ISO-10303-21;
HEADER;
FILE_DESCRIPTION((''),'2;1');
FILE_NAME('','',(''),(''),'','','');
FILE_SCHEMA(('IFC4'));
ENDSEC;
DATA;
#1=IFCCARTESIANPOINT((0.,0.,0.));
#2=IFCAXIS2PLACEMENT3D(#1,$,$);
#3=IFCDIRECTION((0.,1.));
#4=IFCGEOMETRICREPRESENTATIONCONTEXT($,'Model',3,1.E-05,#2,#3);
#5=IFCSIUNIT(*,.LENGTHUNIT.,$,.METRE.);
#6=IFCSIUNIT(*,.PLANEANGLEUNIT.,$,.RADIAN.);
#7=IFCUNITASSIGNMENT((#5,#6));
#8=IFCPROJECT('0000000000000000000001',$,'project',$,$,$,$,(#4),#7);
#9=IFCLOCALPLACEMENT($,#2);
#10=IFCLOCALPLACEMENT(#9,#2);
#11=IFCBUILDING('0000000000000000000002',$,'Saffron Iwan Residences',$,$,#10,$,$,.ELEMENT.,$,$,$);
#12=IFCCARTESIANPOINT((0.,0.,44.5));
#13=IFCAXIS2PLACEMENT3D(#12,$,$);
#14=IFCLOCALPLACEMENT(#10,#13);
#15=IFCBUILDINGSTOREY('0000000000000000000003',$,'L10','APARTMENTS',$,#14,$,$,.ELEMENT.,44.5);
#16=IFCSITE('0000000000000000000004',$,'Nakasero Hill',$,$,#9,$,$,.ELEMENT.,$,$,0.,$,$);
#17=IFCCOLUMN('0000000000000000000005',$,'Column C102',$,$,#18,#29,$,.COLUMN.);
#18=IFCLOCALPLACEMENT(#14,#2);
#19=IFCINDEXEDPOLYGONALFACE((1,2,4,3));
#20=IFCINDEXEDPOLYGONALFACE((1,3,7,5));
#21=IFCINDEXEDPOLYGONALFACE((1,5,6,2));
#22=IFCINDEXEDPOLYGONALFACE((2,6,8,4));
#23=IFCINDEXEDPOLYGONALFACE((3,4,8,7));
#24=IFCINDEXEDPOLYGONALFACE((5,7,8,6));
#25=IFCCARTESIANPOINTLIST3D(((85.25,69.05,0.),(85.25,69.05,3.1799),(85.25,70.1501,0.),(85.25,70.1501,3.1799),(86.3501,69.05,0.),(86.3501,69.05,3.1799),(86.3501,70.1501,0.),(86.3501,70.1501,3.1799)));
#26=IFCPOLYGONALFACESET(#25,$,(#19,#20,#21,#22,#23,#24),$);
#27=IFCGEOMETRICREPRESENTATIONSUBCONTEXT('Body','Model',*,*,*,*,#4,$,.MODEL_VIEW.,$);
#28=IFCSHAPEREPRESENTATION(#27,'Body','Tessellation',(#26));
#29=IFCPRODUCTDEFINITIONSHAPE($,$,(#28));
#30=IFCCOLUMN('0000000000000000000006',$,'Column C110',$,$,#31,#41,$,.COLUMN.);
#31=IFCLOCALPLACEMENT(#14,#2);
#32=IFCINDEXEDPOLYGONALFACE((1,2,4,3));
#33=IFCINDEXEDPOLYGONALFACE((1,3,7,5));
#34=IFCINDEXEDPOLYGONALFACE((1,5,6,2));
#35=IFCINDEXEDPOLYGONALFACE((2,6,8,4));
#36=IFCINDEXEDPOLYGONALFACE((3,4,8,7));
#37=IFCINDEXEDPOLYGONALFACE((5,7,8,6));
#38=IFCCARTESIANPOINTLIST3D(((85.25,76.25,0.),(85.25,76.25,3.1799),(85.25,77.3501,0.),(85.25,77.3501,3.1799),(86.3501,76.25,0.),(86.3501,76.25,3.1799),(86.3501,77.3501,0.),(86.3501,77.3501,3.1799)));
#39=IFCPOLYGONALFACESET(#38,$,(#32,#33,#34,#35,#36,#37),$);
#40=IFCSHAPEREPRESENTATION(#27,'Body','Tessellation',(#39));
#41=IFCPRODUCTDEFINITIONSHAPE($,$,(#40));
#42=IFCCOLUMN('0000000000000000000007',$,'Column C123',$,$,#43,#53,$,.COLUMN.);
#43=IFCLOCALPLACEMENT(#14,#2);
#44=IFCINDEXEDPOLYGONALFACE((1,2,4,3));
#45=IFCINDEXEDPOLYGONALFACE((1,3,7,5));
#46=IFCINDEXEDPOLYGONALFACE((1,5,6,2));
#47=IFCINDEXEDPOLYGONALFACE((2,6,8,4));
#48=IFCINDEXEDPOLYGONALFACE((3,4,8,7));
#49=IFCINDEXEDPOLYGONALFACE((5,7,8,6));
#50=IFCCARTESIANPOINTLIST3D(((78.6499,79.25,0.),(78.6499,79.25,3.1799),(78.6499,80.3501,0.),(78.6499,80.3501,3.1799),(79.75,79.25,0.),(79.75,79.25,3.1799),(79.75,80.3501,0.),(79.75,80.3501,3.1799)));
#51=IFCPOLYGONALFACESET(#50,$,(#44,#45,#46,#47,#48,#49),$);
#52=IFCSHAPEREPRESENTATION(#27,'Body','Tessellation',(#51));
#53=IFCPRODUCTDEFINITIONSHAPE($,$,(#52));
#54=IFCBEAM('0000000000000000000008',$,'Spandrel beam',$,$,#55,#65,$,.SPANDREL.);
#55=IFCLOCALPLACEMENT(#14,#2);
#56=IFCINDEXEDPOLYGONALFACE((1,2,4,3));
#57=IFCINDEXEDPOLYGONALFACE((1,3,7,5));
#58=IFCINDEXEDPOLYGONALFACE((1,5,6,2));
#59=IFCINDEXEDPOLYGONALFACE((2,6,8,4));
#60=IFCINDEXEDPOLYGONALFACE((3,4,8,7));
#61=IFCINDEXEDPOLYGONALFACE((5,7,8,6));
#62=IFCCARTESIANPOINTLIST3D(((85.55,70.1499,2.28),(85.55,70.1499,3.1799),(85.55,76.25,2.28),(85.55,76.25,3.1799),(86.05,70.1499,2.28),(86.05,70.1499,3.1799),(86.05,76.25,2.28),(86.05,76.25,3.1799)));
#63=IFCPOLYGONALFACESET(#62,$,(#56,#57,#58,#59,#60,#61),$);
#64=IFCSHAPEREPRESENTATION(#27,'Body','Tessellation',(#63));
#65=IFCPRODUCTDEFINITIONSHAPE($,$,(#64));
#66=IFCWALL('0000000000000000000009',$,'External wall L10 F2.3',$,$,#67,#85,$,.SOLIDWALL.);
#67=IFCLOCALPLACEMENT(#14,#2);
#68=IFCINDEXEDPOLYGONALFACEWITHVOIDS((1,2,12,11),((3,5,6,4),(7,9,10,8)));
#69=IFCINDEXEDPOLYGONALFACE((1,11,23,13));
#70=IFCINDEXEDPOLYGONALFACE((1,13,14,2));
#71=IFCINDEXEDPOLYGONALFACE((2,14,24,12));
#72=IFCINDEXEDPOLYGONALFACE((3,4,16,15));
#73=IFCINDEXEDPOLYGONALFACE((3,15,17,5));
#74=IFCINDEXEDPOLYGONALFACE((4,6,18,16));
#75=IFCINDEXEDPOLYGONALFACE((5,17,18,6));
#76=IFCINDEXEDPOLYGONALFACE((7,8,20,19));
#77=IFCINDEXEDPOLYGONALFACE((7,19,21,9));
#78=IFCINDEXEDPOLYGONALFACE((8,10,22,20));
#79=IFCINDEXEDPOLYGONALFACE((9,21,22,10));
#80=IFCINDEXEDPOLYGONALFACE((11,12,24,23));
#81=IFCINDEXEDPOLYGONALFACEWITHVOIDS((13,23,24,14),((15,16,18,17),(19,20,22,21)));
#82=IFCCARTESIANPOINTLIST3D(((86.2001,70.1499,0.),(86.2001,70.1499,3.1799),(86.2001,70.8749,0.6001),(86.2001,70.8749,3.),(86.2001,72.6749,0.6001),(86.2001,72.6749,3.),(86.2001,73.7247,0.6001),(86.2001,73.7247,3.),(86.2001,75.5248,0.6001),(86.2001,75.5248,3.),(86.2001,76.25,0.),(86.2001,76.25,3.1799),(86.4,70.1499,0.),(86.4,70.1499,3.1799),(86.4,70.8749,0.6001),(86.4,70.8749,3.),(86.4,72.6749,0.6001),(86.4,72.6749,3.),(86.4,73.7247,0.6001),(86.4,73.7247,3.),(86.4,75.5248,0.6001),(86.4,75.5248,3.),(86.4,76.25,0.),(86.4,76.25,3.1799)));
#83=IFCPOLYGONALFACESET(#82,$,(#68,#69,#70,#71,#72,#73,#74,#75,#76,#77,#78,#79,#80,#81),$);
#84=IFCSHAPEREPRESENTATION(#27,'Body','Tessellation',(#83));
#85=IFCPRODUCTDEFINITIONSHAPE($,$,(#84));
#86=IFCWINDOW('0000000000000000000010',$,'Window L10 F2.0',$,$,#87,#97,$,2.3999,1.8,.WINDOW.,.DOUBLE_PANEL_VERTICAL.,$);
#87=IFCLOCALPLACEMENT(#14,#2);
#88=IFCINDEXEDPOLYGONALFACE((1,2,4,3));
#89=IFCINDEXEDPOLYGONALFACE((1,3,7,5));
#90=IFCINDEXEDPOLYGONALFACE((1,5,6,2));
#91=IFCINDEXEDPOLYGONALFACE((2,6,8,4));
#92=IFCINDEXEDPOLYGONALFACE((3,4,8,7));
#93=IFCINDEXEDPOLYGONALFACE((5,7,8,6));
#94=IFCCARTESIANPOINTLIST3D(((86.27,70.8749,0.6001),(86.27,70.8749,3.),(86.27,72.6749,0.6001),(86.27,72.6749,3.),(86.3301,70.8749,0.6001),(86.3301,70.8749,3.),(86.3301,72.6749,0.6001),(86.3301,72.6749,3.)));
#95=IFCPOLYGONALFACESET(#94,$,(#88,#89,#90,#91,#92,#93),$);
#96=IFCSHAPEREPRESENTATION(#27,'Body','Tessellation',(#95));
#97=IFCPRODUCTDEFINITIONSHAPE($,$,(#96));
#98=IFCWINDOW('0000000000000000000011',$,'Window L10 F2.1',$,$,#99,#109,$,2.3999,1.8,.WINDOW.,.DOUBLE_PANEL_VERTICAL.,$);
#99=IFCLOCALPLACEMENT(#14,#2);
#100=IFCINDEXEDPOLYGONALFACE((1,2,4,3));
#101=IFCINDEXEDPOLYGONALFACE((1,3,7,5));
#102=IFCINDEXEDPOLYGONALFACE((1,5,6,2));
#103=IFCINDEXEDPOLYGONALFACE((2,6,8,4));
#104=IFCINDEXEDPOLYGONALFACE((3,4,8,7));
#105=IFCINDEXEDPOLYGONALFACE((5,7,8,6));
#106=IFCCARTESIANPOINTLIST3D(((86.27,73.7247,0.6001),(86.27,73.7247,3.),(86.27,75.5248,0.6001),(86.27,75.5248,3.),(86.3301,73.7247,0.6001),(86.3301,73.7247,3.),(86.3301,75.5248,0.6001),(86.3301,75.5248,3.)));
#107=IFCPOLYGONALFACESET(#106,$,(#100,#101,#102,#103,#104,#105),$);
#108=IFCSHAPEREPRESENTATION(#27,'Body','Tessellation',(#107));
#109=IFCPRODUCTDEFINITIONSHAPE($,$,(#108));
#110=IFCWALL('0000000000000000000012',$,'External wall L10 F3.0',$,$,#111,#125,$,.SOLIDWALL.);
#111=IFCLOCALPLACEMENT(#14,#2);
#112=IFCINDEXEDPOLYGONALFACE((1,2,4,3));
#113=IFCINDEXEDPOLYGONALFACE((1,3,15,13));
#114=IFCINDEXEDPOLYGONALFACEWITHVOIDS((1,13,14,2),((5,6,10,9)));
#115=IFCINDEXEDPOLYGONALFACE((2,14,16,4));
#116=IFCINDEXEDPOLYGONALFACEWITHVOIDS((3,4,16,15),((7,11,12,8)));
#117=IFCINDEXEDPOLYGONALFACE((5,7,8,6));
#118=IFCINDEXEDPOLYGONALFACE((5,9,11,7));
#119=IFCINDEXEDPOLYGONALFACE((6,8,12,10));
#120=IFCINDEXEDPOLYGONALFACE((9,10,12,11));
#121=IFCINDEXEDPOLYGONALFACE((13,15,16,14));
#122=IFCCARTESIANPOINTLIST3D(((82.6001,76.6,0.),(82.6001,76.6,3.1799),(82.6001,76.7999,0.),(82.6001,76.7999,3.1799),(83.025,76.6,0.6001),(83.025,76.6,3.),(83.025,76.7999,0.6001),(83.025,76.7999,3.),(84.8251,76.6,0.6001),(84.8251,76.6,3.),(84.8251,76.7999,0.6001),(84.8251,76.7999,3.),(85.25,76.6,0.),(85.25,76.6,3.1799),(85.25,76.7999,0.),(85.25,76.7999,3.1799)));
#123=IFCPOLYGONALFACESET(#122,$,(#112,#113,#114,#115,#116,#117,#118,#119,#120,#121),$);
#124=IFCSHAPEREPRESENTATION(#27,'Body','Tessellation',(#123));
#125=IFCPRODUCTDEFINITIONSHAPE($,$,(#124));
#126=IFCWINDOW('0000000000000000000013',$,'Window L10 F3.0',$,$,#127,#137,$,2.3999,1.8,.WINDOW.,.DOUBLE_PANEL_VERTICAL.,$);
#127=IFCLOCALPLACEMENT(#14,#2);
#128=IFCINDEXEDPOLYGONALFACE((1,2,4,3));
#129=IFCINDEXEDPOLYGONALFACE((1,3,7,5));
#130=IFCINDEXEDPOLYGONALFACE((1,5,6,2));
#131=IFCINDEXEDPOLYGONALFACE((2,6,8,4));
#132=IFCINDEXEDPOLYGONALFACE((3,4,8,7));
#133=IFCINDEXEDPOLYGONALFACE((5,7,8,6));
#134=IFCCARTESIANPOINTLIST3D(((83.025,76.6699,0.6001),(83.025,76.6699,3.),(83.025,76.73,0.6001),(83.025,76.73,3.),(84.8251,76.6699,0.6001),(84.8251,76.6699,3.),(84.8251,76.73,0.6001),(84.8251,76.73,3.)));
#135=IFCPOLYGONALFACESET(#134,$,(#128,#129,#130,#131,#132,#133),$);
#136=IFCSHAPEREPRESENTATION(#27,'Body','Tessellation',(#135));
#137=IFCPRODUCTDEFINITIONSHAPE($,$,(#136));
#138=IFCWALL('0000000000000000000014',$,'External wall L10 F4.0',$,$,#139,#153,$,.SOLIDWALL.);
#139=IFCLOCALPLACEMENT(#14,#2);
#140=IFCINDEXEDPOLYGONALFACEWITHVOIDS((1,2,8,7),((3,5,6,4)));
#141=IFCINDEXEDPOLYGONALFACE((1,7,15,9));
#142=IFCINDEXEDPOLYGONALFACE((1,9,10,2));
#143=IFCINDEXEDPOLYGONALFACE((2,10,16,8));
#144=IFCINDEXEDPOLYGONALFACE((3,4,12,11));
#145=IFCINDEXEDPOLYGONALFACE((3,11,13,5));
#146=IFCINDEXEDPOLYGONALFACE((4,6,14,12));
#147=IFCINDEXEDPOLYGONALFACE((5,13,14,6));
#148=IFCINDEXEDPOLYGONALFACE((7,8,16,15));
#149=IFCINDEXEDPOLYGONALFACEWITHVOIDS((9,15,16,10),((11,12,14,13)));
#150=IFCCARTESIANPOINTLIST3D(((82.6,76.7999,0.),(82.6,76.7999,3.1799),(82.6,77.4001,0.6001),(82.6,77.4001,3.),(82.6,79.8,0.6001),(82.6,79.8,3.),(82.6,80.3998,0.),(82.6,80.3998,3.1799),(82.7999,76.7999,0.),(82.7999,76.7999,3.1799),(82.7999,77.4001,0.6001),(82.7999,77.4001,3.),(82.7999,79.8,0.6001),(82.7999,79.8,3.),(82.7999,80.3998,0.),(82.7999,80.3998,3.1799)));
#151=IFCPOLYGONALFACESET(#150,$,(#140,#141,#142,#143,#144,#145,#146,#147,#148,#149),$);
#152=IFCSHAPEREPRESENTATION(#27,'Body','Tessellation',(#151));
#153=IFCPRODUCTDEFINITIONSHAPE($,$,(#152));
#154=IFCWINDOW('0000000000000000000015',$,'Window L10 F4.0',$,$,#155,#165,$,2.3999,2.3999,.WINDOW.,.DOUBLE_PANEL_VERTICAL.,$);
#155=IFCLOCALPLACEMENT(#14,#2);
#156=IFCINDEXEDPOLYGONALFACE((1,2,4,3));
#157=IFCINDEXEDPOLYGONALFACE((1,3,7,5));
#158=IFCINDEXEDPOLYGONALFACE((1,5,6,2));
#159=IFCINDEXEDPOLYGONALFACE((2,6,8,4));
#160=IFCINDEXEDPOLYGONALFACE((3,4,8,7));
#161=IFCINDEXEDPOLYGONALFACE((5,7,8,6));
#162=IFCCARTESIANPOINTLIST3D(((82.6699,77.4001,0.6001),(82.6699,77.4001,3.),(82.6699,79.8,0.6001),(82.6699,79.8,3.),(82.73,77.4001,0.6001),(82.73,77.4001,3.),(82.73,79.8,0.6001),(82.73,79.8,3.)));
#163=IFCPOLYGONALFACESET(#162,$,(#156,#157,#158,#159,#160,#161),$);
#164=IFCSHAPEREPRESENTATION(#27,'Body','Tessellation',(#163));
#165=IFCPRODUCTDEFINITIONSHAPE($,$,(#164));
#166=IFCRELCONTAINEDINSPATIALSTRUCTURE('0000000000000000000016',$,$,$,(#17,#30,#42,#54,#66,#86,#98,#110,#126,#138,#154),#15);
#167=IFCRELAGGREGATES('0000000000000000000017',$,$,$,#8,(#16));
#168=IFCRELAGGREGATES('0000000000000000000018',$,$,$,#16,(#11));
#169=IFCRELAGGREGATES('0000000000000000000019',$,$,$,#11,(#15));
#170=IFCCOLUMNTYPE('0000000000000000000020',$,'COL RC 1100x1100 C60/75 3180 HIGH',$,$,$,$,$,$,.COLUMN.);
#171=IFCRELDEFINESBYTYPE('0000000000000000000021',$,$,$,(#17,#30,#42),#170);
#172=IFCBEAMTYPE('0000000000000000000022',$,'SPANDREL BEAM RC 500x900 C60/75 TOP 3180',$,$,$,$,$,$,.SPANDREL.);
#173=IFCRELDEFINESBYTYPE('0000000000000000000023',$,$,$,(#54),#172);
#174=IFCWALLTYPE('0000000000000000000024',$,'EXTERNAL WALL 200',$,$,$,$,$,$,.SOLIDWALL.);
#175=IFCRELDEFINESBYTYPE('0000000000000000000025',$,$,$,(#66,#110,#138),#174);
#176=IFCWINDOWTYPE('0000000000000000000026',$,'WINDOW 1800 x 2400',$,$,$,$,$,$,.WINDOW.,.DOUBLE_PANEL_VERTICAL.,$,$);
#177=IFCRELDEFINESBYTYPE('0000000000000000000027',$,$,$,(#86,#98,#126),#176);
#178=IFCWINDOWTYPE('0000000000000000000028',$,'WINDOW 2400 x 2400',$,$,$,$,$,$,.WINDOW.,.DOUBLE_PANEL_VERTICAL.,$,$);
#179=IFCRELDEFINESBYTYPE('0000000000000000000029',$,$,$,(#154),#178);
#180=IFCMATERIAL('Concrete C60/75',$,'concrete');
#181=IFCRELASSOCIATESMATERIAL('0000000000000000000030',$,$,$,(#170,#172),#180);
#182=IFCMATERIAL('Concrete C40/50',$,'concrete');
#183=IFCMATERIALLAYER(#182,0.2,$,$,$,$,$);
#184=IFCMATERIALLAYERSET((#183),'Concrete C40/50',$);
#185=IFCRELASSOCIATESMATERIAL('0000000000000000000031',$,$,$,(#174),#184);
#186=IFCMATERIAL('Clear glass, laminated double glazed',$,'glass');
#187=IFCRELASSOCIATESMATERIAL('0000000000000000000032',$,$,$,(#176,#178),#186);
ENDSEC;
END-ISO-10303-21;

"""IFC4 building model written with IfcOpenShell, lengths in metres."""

from ifc_helpers import new_model, si_unit, direction, frame, frame_2d, origin, origin_2d, place, context, subcontext, project, spatial, rectangle, extrude, source, transform, mapped, material, layer, layer_set, material_profile, profile_set, type_object, element, fill, save


model = new_model("IFC4")

# Units and contexts
model_context = context("Model", 3, precision=1e-05, world=origin(), true_north=direction((0.0, 1.0)))
body_context = subcontext(model_context, "Body", "Model", "MODEL_VIEW")
ifc_project = project(units=[si_unit("LENGTHUNIT", "METRE"), si_unit("PLANEANGLEUNIT", "RADIAN")], contexts=[model_context])

# Site, building, storey
site_placement = place(None, origin())
site = spatial("IfcSite", under=ifc_project, at=site_placement, Name="Nakasero Hill", CompositionType="ELEMENT", RefElevation=0.0)
building_placement = place(site_placement, origin())
building = spatial("IfcBuilding", under=site, at=building_placement, Name="Saffron Iwan Residences", CompositionType="ELEMENT")
storey_placement = place(building_placement, frame((0.0, 0.0, 44.5)))
storey = spatial("IfcBuildingStorey", under=building, at=storey_placement, Name="L10", Description="APARTMENTS", CompositionType="ELEMENT", Elevation=44.5)

# Columns
ifc_material_1 = material(Name="Concrete C60/75", Category="concrete")
ifc_material_profile_1 = material_profile(ifc_material_1, rectangle(XDim=1.1001, YDim=1.1001, at=origin_2d()), Name="RC 1100x1100")
ifc_profile_set_1 = profile_set([ifc_material_profile_1], Name="Concrete C60/75")
column_type = type_object("IfcColumnType", Name="COL RC 1100x1100 C60/75 3180 HIGH", PredefinedType="COLUMN", material=ifc_profile_set_1)
shared_shape_1 = source(origin(), body_context, "Body", "SweptSolid", [
    extrude(rectangle(XDim=1.1001, YDim=1.1001, at=origin_2d()), origin(), (0.0, 0.0, 1.0), 3.1799),
])
for number, where, z_axis, x_axis, name in (
    (1, (85.8, 69.6001, 0.0), (0.0, 0.0, 1.0), (1.0, 0.0, 0.0), "Column C102"),
    (2, (85.8, 76.8, 0.0), (0.0, 0.0, 1.0), (1.0, 0.0, 0.0), "Column C110"),
    (3, (79.2, 79.8, 0.0), (0.0, 0.0, 1.0), (1.0, 0.0, 0.0), "Column C123"),
):
    element("IfcColumn", number, at=place(storey_placement, frame(where, z_axis=z_axis, x_axis=x_axis)), inside=storey, type_object=column_type, Name=name, PredefinedType="COLUMN", context=body_context, shape_type="MappedRepresentation", body=[
        mapped(shared_shape_1, transform((0.0, 0.0, 0.0))),
    ])

# Beam
ifc_material_profile_2 = material_profile(ifc_material_1, rectangle(XDim=0.5, YDim=0.8999, at=origin_2d()), Name="RC 500x900")
ifc_profile_set_2 = profile_set([ifc_material_profile_2], Name="Concrete C60/75")
beam_type = type_object("IfcBeamType", Name="SPANDREL BEAM RC 500x900 C60/75 TOP 3180", PredefinedType="SPANDREL", material=ifc_profile_set_2)
shared_shape_2 = source(origin(), body_context, "Body", "SweptSolid", [
    extrude(rectangle(XDim=0.5, YDim=0.8999, at=origin_2d()), origin(), (0.0, 0.0, 1.0), 6.1001),
])
beam_placement = place(storey_placement, frame((85.8, 76.25, 2.73), z_axis=(0.0, -1.0, 0.0), x_axis=(1.0, 0.0, 0.0)))
element("IfcBeam", 4, at=beam_placement, inside=storey, type_object=beam_type, Name="Spandrel beam", PredefinedType="SPANDREL", context=body_context, shape_type="MappedRepresentation", body=[
    mapped(shared_shape_2, transform((0.0, 0.0, 0.0))),
])

# Wall, openings, windows
ifc_material_2 = material(Name="Concrete C40/50", Category="concrete")
ifc_layer_1 = layer(ifc_material_2, 0.2)
ifc_layer_set_1 = layer_set([ifc_layer_1], Name="Concrete C40/50")
wall_type_1 = type_object("IfcWallType", Name="EXTERNAL WALL 200", PredefinedType="SOLIDWALL", material=ifc_layer_set_1)
wall_1_placement = place(storey_placement, frame((86.3, 70.1499, 0.0), z_axis=(0.0, 0.0, 1.0), x_axis=(0.0, 1.0, 0.0)))
wall_1 = element("IfcWall", 5, at=wall_1_placement, inside=storey, type_object=wall_type_1, Name="External wall L10 F2.3", PredefinedType="SOLIDWALL", context=body_context, shape_type="SweptSolid", body=[
    extrude(rectangle(XDim=6.1001, YDim=0.2, at=frame_2d((3.05, 0.0))), origin(), (0.0, 0.0, 1.0), 3.1799),
])
opening_1_placement = place(wall_1_placement, frame((0.7251, 0.0, 0.6001)))
opening_1 = element("IfcOpeningElement", 6, at=opening_1_placement, cuts=wall_1, PredefinedType="OPENING", context=body_context, shape_type="SweptSolid", body=[
    extrude(rectangle(XDim=1.8, YDim=2.3999, at=frame_2d((0.8999, 1.2))), frame((0.0, 0.1099, 0.0), z_axis=(0.0, -1.0, 0.0), x_axis=(1.0, 0.0, 0.0)), (0.0, 0.0, 1.0), 0.22),
])
opening_2_placement = place(wall_1_placement, frame((3.575, 0.0, 0.6001)))
opening_2 = element("IfcOpeningElement", 7, at=opening_2_placement, cuts=wall_1, PredefinedType="OPENING", context=body_context, shape_type="SweptSolid", body=[
    extrude(rectangle(XDim=1.8, YDim=2.3999, at=frame_2d((0.8999, 1.2))), frame((0.0, 0.1099, 0.0), z_axis=(0.0, -1.0, 0.0), x_axis=(1.0, 0.0, 0.0)), (0.0, 0.0, 1.0), 0.22),
])
ifc_material_3 = material(Name="Clear glass, laminated double glazed", Category="glass")
window_type_1 = type_object("IfcWindowType", Name="WINDOW 1800 x 2400", PartitioningType="DOUBLE_PANEL_VERTICAL", PredefinedType="WINDOW", material=ifc_material_3)
window_1_placement = place(opening_1_placement, origin())
window_1 = element("IfcWindow", 8, at=window_1_placement, inside=storey, type_object=window_type_1, Name="Window L10 F2.0", OverallHeight=2.3999, OverallWidth=1.8, PartitioningType="DOUBLE_PANEL_VERTICAL", PredefinedType="WINDOW", context=body_context, shape_type="SweptSolid", body=[
    extrude(rectangle(XDim=1.8, YDim=2.3999, at=frame_2d((0.8999, 1.2))), frame((0.0, 0.03, 0.0), z_axis=(0.0, -1.0, 0.0), x_axis=(1.0, 0.0, 0.0)), (0.0, 0.0, 1.0), 0.0601),
])
fill(opening_1, window_1)
window_2_placement = place(opening_2_placement, origin())
window_2 = element("IfcWindow", 9, at=window_2_placement, inside=storey, type_object=window_type_1, Name="Window L10 F2.1", OverallHeight=2.3999, OverallWidth=1.8, PartitioningType="DOUBLE_PANEL_VERTICAL", PredefinedType="WINDOW", context=body_context, shape_type="SweptSolid", body=[
    extrude(rectangle(XDim=1.8, YDim=2.3999, at=frame_2d((0.8999, 1.2))), frame((0.0, 0.03, 0.0), z_axis=(0.0, -1.0, 0.0), x_axis=(1.0, 0.0, 0.0)), (0.0, 0.0, 1.0), 0.0601),
])
fill(opening_2, window_2)

# Walls, openings, windows
wall_2_placement = place(storey_placement, frame((85.25, 76.7, 0.0), z_axis=(0.0, 0.0, 1.0), x_axis=(-1.0, 0.0, 0.0)))
wall_2 = element("IfcWall", 10, at=wall_2_placement, inside=storey, type_object=wall_type_1, Name="External wall L10 F3.0", PredefinedType="SOLIDWALL", context=body_context, shape_type="SweptSolid", body=[
    extrude(rectangle(XDim=2.6499, YDim=0.2, at=frame_2d((1.325, 0.0))), origin(), (0.0, 0.0, 1.0), 3.1799),
])
opening_3_placement = place(wall_2_placement, frame((0.425, 0.0, 0.6001)))
opening_3 = element("IfcOpeningElement", 11, at=opening_3_placement, cuts=wall_2, PredefinedType="OPENING", context=body_context, shape_type="SweptSolid", body=[
    extrude(rectangle(XDim=1.8, YDim=2.3999, at=frame_2d((0.8999, 1.2))), frame((0.0, 0.1099, 0.0), z_axis=(0.0, -1.0, 0.0), x_axis=(1.0, 0.0, 0.0)), (0.0, 0.0, 1.0), 0.22),
])
window_3_placement = place(opening_3_placement, origin())
window_3 = element("IfcWindow", 12, at=window_3_placement, inside=storey, type_object=window_type_1, Name="Window L10 F3.0", OverallHeight=2.3999, OverallWidth=1.8, PartitioningType="DOUBLE_PANEL_VERTICAL", PredefinedType="WINDOW", context=body_context, shape_type="SweptSolid", body=[
    extrude(rectangle(XDim=1.8, YDim=2.3999, at=frame_2d((0.8999, 1.2))), frame((0.0, 0.03, 0.0), z_axis=(0.0, -1.0, 0.0), x_axis=(1.0, 0.0, 0.0)), (0.0, 0.0, 1.0), 0.0601),
])
fill(opening_3, window_3)
wall_3_placement = place(storey_placement, frame((82.7, 76.8, 0.0), z_axis=(0.0, 0.0, 1.0), x_axis=(0.0, 1.0, 0.0)))
wall_3 = element("IfcWall", 13, at=wall_3_placement, inside=storey, type_object=wall_type_1, Name="External wall L10 F4.0", PredefinedType="SOLIDWALL", context=body_context, shape_type="SweptSolid", body=[
    extrude(rectangle(XDim=3.5999, YDim=0.2, at=frame_2d((1.7998, 0.0))), origin(), (0.0, 0.0, 1.0), 3.1799),
])
opening_4_placement = place(wall_3_placement, frame((0.6001, 0.0, 0.6001)))
opening_4 = element("IfcOpeningElement", 14, at=opening_4_placement, cuts=wall_3, PredefinedType="OPENING", context=body_context, shape_type="SweptSolid", body=[
    extrude(rectangle(XDim=2.3999, YDim=2.3999, at=frame_2d((1.2, 1.2))), frame((0.0, 0.1099, 0.0), z_axis=(0.0, -1.0, 0.0), x_axis=(1.0, 0.0, 0.0)), (0.0, 0.0, 1.0), 0.22),
])
window_type_2 = type_object("IfcWindowType", Name="WINDOW 2400 x 2400", PartitioningType="DOUBLE_PANEL_VERTICAL", PredefinedType="WINDOW", material=ifc_material_3)
window_4_placement = place(opening_4_placement, origin())
window_4 = element("IfcWindow", 15, at=window_4_placement, inside=storey, type_object=window_type_2, Name="Window L10 F4.0", OverallHeight=2.3999, OverallWidth=2.3999, PartitioningType="DOUBLE_PANEL_VERTICAL", PredefinedType="WINDOW", context=body_context, shape_type="SweptSolid", body=[
    extrude(rectangle(XDim=2.3999, YDim=2.3999, at=frame_2d((1.2, 1.2))), frame((0.0, 0.03, 0.0), z_axis=(0.0, -1.0, 0.0), x_axis=(1.0, 0.0, 0.0)), (0.0, 0.0, 1.0), 0.0601),
])
fill(opening_4, window_4)

save(model, "model.ifc")
